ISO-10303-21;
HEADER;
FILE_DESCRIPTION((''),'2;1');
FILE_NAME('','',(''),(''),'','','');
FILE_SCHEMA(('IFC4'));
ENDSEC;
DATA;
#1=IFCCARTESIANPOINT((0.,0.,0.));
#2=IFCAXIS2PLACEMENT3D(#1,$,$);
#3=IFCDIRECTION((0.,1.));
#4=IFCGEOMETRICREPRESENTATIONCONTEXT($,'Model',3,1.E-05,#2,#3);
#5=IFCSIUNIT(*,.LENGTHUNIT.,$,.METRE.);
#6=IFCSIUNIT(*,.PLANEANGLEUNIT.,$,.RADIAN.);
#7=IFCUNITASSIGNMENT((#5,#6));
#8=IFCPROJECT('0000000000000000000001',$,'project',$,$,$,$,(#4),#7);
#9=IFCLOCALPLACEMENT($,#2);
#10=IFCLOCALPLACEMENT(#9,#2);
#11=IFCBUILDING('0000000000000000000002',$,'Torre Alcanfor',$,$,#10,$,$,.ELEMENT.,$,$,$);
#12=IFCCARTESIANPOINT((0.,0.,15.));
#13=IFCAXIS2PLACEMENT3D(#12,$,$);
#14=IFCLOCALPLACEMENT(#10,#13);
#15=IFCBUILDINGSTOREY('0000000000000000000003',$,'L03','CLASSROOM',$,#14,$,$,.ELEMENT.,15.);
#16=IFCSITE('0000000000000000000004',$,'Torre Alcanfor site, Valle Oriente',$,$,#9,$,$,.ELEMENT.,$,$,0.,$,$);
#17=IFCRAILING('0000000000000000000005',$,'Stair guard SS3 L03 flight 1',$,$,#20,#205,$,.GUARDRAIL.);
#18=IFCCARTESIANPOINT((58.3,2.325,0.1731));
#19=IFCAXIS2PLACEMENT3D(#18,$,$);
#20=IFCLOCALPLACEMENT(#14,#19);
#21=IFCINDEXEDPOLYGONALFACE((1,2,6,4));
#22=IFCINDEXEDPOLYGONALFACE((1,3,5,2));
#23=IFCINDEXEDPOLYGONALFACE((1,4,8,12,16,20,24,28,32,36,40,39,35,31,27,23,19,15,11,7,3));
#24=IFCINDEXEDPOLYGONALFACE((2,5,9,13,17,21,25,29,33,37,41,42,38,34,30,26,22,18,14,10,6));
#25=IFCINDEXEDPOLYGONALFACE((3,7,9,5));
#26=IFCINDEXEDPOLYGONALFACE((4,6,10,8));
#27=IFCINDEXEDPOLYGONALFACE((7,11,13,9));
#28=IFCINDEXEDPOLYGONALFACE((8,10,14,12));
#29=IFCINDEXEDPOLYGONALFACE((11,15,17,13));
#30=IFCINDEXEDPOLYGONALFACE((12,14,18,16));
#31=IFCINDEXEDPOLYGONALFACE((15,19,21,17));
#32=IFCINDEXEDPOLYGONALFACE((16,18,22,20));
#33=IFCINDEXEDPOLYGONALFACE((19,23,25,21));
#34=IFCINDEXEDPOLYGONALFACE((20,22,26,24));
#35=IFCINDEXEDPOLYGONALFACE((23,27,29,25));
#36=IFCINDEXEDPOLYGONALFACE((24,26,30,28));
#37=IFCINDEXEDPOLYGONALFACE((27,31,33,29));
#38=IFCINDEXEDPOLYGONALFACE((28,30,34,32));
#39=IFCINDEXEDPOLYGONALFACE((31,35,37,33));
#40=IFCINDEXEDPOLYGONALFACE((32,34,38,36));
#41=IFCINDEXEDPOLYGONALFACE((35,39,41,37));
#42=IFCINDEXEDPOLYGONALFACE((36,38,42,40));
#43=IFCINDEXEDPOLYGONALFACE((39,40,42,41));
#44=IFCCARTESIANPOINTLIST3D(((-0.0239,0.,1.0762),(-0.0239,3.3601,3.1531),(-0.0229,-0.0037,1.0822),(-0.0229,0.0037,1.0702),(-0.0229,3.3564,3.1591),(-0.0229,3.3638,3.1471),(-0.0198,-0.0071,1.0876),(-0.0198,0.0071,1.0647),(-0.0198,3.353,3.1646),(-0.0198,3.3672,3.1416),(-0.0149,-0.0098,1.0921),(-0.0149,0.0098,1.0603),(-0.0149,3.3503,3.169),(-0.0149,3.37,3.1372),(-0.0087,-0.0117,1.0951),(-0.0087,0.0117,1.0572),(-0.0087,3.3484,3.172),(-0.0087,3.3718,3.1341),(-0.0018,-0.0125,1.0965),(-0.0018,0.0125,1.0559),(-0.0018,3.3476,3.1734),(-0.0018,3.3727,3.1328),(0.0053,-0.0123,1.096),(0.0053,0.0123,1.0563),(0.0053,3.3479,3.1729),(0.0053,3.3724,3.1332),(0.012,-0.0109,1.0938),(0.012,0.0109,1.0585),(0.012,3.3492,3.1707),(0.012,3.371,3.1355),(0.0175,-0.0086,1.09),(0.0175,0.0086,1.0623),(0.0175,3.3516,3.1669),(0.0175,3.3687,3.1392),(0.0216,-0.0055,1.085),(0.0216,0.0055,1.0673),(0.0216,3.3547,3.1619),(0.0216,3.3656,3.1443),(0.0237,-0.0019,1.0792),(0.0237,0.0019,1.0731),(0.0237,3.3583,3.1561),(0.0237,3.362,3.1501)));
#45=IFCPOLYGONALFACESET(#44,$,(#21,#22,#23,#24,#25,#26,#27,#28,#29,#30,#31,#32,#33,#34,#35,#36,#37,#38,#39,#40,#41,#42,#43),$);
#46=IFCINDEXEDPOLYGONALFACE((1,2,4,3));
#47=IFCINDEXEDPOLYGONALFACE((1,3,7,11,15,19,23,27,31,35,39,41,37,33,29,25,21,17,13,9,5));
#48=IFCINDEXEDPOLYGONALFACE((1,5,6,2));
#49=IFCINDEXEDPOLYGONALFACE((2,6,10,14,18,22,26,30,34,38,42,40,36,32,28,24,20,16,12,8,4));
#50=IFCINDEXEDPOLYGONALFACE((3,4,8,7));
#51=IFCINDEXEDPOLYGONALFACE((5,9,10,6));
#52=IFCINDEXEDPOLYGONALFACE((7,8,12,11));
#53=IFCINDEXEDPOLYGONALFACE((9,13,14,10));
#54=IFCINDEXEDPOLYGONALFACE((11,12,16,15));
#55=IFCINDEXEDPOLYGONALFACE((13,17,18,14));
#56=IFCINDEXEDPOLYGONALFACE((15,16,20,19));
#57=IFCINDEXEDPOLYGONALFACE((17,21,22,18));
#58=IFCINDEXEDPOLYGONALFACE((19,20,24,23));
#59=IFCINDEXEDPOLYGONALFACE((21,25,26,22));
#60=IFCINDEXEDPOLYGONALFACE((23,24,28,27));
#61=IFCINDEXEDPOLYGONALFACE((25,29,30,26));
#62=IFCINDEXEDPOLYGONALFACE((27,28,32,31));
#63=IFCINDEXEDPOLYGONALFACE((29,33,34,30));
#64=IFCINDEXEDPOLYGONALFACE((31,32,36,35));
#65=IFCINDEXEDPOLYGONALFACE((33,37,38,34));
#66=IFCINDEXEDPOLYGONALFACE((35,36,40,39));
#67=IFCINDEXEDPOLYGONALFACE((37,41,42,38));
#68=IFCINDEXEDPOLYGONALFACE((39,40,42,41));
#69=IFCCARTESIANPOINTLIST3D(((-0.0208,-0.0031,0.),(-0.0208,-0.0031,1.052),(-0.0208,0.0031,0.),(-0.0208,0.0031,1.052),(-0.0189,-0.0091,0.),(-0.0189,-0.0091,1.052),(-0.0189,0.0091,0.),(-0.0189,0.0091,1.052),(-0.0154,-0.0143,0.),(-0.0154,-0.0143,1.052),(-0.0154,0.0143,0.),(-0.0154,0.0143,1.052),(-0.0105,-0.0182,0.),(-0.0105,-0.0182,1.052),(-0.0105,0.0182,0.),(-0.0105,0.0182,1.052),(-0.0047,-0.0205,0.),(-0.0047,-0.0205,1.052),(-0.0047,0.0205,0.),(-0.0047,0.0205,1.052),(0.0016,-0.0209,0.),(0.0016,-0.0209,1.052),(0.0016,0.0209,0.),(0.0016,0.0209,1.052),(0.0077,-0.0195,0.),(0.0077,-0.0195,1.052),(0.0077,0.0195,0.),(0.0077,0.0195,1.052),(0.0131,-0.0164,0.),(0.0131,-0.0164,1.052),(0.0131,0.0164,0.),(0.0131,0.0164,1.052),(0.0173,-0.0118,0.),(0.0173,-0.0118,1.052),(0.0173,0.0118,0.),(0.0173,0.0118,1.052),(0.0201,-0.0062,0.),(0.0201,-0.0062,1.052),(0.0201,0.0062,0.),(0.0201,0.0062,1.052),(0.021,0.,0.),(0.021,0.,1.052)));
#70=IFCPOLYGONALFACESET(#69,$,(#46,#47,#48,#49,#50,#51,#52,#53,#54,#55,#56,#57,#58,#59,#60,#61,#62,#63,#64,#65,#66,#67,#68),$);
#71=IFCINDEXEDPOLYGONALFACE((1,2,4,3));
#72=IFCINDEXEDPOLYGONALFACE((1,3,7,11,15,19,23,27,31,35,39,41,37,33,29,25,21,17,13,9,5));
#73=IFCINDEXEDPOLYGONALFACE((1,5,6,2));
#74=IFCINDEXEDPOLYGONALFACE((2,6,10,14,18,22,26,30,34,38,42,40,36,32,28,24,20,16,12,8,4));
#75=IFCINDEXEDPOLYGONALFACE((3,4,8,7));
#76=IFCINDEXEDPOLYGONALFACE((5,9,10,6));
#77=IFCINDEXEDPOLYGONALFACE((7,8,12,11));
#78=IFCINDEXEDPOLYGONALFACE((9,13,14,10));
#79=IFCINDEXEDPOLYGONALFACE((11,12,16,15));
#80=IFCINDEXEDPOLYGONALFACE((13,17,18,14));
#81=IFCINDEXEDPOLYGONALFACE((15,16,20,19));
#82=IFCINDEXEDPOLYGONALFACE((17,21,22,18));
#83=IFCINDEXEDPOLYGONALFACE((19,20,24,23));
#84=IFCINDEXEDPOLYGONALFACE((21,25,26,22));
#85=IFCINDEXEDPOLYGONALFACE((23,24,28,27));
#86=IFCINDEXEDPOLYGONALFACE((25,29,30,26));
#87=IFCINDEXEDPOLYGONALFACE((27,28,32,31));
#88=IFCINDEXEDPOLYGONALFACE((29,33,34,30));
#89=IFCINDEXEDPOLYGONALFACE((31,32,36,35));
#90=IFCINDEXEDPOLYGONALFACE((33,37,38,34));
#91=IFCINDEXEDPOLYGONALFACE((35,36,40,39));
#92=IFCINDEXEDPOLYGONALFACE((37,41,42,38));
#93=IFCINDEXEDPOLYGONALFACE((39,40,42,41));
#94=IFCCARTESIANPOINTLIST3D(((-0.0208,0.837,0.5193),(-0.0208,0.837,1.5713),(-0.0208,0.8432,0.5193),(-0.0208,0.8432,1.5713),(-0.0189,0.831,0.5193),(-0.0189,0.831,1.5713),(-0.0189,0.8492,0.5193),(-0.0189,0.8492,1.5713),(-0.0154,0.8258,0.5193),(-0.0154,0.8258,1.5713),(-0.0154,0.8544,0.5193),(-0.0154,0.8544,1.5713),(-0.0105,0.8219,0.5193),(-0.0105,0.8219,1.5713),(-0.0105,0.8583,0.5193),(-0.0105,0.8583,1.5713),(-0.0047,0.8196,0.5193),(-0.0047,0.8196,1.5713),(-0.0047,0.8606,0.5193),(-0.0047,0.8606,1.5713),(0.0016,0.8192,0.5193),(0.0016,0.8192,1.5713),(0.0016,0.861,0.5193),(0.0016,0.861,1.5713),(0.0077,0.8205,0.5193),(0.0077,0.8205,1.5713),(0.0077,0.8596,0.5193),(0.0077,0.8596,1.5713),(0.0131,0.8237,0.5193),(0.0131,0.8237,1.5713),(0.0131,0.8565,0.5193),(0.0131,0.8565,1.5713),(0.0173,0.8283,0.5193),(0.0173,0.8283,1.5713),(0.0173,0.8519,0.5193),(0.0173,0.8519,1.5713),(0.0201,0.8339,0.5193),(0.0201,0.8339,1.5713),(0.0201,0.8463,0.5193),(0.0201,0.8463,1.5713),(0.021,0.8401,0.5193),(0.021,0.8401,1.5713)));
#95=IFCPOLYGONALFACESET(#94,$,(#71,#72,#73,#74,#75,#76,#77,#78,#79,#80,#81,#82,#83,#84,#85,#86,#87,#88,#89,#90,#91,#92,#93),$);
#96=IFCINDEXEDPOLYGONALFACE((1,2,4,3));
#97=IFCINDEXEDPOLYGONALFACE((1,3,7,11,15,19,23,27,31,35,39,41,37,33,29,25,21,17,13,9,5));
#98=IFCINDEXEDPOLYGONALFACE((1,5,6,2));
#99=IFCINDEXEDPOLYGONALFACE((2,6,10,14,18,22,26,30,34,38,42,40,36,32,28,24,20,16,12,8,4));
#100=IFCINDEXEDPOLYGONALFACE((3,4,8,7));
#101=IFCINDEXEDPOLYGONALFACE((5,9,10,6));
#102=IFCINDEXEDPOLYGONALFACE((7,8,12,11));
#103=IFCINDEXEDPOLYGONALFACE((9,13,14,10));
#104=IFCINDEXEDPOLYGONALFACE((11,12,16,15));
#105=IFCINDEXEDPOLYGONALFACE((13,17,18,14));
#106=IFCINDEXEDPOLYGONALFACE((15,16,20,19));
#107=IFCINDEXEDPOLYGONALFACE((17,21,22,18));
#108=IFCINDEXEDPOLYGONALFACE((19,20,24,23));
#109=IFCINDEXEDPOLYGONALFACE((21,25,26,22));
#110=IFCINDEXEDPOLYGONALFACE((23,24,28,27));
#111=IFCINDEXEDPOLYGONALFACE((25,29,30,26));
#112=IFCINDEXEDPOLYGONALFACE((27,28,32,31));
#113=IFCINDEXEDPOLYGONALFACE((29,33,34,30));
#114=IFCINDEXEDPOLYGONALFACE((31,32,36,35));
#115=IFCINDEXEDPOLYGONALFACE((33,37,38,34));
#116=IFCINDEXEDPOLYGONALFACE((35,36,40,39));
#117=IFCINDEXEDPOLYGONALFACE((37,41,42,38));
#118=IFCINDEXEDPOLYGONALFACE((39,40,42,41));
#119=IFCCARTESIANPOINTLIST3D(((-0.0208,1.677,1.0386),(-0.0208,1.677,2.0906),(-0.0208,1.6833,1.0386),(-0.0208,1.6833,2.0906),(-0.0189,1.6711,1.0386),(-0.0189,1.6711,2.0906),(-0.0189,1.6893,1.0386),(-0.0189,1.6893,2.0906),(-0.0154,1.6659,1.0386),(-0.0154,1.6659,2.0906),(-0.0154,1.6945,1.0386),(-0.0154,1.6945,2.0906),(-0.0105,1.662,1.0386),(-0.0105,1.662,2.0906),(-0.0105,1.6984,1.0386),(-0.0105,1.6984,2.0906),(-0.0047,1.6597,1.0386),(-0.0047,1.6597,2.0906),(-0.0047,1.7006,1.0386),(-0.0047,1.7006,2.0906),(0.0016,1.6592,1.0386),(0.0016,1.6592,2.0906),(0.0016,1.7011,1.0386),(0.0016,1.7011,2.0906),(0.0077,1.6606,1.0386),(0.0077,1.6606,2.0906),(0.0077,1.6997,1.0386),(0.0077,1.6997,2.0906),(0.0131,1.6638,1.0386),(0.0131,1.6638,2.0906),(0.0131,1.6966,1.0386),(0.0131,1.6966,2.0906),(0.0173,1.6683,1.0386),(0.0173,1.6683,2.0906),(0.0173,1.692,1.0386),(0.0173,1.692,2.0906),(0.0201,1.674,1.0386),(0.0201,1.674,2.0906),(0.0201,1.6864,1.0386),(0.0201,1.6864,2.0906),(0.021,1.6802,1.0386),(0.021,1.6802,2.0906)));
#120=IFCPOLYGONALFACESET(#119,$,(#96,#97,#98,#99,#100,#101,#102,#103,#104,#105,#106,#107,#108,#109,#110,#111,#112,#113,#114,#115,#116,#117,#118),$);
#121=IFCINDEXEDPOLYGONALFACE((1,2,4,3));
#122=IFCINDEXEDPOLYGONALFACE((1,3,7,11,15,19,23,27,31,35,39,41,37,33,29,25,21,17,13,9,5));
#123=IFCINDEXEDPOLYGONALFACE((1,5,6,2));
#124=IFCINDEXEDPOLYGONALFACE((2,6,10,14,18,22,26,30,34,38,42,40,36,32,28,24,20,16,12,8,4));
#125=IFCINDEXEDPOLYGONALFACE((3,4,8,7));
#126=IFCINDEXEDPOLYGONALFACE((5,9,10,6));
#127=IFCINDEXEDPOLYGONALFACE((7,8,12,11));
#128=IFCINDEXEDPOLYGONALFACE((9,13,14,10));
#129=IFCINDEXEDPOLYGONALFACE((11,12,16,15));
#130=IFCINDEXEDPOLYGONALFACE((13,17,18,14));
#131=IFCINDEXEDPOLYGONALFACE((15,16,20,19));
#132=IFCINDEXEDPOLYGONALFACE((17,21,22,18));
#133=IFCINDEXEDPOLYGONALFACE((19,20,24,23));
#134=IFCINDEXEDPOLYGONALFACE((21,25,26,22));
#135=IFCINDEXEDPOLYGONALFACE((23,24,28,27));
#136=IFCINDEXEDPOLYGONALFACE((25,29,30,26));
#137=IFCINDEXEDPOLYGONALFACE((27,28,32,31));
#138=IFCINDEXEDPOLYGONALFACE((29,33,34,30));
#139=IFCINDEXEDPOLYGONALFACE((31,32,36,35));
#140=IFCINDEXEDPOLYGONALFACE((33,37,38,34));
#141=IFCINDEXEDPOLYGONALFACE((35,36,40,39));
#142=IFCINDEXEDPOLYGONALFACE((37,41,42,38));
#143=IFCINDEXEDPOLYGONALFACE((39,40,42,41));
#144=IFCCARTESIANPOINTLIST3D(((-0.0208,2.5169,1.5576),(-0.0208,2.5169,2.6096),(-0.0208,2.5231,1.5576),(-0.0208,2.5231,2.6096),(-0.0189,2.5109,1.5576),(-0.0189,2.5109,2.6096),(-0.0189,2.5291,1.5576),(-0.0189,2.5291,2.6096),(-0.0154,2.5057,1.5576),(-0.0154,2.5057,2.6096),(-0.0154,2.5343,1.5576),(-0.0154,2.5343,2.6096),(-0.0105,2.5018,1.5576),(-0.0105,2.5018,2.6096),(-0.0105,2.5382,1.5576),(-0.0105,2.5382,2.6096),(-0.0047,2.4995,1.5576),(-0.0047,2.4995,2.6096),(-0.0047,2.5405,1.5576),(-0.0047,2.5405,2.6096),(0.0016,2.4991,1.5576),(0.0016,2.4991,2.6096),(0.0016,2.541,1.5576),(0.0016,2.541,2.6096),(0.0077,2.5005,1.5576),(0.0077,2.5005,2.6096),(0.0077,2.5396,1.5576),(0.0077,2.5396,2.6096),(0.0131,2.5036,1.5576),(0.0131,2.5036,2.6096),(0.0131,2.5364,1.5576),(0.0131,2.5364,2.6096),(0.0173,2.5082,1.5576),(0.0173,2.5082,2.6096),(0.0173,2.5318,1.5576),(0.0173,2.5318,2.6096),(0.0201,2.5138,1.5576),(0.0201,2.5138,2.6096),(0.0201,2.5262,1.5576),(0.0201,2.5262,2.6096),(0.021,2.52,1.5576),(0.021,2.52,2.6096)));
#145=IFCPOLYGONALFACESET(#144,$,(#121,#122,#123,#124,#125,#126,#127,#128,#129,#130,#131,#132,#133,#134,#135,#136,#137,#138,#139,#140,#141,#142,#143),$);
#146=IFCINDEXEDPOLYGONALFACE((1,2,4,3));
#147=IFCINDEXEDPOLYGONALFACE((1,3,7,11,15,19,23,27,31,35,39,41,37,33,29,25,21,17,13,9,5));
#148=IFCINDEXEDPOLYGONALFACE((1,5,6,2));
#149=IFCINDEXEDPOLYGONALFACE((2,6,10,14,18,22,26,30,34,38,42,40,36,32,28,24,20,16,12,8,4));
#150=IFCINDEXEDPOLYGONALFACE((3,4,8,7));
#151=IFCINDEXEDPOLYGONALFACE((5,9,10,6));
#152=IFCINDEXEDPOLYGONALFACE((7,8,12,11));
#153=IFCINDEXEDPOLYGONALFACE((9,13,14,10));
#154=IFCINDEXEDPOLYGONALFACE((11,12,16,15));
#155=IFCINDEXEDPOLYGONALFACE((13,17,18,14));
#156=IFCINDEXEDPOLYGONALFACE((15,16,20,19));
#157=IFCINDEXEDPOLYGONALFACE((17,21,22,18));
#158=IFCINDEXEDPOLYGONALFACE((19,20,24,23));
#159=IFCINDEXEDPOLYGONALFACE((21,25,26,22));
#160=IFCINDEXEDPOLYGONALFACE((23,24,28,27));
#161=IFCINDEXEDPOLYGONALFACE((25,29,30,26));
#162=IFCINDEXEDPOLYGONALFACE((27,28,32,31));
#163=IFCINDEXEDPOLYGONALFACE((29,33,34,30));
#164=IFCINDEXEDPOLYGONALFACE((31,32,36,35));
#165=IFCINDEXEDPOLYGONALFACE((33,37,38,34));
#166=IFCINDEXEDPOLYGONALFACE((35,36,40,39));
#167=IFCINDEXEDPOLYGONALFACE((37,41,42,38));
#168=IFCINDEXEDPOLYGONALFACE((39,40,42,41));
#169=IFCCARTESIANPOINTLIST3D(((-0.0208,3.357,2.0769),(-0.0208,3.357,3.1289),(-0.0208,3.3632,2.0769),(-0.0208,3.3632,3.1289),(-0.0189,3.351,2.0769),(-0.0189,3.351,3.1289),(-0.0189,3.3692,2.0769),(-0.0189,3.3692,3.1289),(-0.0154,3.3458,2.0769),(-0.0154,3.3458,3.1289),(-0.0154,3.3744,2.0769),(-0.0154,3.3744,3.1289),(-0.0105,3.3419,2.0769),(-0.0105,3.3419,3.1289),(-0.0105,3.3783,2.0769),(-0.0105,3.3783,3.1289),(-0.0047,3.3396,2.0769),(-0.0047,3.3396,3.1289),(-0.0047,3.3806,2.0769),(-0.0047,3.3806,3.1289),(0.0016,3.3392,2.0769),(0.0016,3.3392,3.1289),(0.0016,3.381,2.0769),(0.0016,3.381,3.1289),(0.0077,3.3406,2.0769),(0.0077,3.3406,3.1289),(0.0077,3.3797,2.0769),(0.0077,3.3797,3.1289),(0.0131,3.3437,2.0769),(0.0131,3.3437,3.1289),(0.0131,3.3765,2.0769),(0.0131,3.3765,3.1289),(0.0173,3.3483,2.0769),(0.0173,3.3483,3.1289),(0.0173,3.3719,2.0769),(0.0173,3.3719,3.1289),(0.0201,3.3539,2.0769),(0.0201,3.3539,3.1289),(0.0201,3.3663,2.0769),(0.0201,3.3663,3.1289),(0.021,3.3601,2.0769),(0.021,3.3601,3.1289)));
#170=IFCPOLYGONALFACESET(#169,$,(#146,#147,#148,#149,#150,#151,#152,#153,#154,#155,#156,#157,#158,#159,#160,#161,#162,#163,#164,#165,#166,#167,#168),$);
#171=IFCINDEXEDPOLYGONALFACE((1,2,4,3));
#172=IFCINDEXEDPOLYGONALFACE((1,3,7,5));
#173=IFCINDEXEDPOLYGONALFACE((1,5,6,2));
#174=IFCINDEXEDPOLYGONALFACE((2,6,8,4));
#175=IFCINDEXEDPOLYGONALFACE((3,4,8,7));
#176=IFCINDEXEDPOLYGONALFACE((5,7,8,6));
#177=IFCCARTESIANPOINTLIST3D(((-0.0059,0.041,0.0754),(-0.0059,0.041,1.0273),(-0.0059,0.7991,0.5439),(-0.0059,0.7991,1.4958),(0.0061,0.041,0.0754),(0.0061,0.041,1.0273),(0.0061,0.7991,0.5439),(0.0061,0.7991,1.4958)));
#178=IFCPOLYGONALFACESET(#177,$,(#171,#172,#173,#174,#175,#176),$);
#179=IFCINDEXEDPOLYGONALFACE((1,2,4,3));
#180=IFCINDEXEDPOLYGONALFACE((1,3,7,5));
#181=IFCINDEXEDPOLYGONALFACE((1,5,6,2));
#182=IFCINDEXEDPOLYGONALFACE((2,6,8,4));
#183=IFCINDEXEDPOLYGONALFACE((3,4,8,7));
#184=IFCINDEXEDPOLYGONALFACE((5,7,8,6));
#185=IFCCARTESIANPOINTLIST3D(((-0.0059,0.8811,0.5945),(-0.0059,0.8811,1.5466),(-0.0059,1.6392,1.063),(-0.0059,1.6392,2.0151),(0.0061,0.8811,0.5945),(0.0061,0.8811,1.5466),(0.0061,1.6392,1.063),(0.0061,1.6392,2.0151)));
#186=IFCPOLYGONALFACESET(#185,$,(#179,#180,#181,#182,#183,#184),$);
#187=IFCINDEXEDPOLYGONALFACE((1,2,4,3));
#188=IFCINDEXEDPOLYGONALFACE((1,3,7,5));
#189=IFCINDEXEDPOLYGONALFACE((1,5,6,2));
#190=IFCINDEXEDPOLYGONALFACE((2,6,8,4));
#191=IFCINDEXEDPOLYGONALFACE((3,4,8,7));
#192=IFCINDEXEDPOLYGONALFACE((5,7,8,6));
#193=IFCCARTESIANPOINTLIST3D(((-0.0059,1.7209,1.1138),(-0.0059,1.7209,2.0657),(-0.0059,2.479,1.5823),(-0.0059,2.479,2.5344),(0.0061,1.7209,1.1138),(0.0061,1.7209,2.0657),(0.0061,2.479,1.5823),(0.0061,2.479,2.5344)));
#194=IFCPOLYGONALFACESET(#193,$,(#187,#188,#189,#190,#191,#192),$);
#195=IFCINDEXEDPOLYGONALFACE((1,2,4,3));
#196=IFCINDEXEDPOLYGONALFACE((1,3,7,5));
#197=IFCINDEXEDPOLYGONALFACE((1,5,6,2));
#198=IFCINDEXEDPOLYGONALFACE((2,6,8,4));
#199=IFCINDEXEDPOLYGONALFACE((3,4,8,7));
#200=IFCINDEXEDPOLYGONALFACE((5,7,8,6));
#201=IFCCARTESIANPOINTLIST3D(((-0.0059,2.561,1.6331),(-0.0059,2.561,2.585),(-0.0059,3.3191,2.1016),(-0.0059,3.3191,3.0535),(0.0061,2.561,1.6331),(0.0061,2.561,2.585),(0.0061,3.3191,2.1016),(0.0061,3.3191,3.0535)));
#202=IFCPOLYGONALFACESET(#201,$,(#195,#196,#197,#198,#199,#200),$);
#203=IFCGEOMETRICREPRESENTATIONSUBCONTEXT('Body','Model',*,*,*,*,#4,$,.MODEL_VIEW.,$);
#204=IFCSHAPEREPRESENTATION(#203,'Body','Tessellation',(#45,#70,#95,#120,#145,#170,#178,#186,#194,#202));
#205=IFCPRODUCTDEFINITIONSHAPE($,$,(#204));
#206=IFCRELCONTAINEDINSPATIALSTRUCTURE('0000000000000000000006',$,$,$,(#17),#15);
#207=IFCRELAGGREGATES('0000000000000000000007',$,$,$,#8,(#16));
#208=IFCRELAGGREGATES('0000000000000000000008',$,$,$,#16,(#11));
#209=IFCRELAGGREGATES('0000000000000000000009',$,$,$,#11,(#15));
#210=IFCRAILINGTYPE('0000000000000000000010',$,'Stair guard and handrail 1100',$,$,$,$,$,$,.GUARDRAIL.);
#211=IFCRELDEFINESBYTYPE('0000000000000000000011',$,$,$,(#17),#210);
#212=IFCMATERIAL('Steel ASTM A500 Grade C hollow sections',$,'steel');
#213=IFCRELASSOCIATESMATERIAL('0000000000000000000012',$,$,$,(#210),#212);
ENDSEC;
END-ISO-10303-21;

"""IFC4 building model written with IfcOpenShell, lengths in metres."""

from ifc_helpers import new_model, si_unit, direction, frame, origin, origin_2d, place, context, subcontext, project, spatial, polyline, circle, outline, extrude, material, type_object, element, save


model = new_model("IFC4")

# Units and contexts
model_context = context("Model", 3, precision=1e-05, world=origin(), true_north=direction((0.0, 1.0)))
body_context = subcontext(model_context, "Body", "Model", "MODEL_VIEW")
ifc_project = project(units=[si_unit("LENGTHUNIT", "METRE"), si_unit("PLANEANGLEUNIT", "RADIAN")], contexts=[model_context])

# Site, building, storey
site_placement = place(None, origin())
site = spatial("IfcSite", under=ifc_project, at=site_placement, Name="Torre Alcanfor site, Valle Oriente", CompositionType="ELEMENT", RefElevation=0.0)
building_placement = place(site_placement, origin())
building = spatial("IfcBuilding", under=site, at=building_placement, Name="Torre Alcanfor", CompositionType="ELEMENT")
storey_placement = place(building_placement, frame((0.0, 0.0, 15.0)))
storey = spatial("IfcBuildingStorey", under=building, at=storey_placement, Name="L03", Description="CLASSROOM", CompositionType="ELEMENT", Elevation=15.0)

# Railing
ifc_material_1 = material(Name="Steel ASTM A500 Grade C hollow sections", Category="steel")
railing_type_1 = type_object("IfcRailingType", Name="Stair guard and handrail 1100", PredefinedType="GUARDRAIL", material=ifc_material_1)
railing_1_placement = place(storey_placement, frame((58.3, 2.325, 0.1731)))
element("IfcRailing", 1, at=railing_1_placement, inside=storey, type_object=railing_type_1, Name="Stair guard SS3 L03 flight 1", PredefinedType="GUARDRAIL", context=body_context, shape_type="SweptSolid", body=[
    extrude(circle(Radius=0.0239, at=origin_2d()), frame((0.0, 0.0, 1.0762), z_axis=(0.0, 0.850623, 0.525776), x_axis=(-1.0, 0.0, 0.0)), (0.0, 0.0, 1.0), 3.9502),
    extrude(circle(Radius=0.021, at=origin_2d()), origin(), (0.0, 0.0, 1.0), 1.052),
    extrude(circle(Radius=0.021, at=origin_2d()), frame((0.0, 0.8401, 0.5193)), (0.0, 0.0, 1.0), 1.052),
    extrude(circle(Radius=0.021, at=origin_2d()), frame((0.0, 1.6802, 1.0386)), (0.0, 0.0, 1.0), 1.052),
    extrude(circle(Radius=0.021, at=origin_2d()), frame((0.0, 2.52, 1.5576)), (0.0, 0.0, 1.0), 1.052),
    extrude(circle(Radius=0.021, at=origin_2d()), frame((0.0, 3.3601, 2.0769)), (0.0, 0.0, 1.0), 1.052),
    extrude(outline(polyline([(0.041, 0.0754), (0.7991, 0.5439), (0.7991, 1.4958), (0.041, 1.0273), (0.041, 0.0754)])), frame((-0.0059, 0.0, 0.0), z_axis=(1.0, 0.0, 0.0), x_axis=(0.0, 1.0, 0.0)), (0.0, 0.0, 1.0), 0.012),
    extrude(outline(polyline([(0.8811, 0.5945), (1.6392, 1.063), (1.6392, 2.0151), (0.8811, 1.5466), (0.8811, 0.5945)])), frame((-0.0059, 0.0, 0.0), z_axis=(1.0, 0.0, 0.0), x_axis=(0.0, 1.0, 0.0)), (0.0, 0.0, 1.0), 0.012),
    extrude(outline(polyline([(1.7209, 1.1138), (2.479, 1.5823), (2.479, 2.5344), (1.7209, 2.0657), (1.7209, 1.1138)])), frame((-0.0059, 0.0, 0.0), z_axis=(1.0, 0.0, 0.0), x_axis=(0.0, 1.0, 0.0)), (0.0, 0.0, 1.0), 0.012),
    extrude(outline(polyline([(2.561, 1.6331), (3.3191, 2.1016), (3.3191, 3.0535), (2.561, 2.585), (2.561, 1.6331)])), frame((-0.0059, 0.0, 0.0), z_axis=(1.0, 0.0, 0.0), x_axis=(0.0, 1.0, 0.0)), (0.0, 0.0, 1.0), 0.012),
])

save(model, "model.ifc")
